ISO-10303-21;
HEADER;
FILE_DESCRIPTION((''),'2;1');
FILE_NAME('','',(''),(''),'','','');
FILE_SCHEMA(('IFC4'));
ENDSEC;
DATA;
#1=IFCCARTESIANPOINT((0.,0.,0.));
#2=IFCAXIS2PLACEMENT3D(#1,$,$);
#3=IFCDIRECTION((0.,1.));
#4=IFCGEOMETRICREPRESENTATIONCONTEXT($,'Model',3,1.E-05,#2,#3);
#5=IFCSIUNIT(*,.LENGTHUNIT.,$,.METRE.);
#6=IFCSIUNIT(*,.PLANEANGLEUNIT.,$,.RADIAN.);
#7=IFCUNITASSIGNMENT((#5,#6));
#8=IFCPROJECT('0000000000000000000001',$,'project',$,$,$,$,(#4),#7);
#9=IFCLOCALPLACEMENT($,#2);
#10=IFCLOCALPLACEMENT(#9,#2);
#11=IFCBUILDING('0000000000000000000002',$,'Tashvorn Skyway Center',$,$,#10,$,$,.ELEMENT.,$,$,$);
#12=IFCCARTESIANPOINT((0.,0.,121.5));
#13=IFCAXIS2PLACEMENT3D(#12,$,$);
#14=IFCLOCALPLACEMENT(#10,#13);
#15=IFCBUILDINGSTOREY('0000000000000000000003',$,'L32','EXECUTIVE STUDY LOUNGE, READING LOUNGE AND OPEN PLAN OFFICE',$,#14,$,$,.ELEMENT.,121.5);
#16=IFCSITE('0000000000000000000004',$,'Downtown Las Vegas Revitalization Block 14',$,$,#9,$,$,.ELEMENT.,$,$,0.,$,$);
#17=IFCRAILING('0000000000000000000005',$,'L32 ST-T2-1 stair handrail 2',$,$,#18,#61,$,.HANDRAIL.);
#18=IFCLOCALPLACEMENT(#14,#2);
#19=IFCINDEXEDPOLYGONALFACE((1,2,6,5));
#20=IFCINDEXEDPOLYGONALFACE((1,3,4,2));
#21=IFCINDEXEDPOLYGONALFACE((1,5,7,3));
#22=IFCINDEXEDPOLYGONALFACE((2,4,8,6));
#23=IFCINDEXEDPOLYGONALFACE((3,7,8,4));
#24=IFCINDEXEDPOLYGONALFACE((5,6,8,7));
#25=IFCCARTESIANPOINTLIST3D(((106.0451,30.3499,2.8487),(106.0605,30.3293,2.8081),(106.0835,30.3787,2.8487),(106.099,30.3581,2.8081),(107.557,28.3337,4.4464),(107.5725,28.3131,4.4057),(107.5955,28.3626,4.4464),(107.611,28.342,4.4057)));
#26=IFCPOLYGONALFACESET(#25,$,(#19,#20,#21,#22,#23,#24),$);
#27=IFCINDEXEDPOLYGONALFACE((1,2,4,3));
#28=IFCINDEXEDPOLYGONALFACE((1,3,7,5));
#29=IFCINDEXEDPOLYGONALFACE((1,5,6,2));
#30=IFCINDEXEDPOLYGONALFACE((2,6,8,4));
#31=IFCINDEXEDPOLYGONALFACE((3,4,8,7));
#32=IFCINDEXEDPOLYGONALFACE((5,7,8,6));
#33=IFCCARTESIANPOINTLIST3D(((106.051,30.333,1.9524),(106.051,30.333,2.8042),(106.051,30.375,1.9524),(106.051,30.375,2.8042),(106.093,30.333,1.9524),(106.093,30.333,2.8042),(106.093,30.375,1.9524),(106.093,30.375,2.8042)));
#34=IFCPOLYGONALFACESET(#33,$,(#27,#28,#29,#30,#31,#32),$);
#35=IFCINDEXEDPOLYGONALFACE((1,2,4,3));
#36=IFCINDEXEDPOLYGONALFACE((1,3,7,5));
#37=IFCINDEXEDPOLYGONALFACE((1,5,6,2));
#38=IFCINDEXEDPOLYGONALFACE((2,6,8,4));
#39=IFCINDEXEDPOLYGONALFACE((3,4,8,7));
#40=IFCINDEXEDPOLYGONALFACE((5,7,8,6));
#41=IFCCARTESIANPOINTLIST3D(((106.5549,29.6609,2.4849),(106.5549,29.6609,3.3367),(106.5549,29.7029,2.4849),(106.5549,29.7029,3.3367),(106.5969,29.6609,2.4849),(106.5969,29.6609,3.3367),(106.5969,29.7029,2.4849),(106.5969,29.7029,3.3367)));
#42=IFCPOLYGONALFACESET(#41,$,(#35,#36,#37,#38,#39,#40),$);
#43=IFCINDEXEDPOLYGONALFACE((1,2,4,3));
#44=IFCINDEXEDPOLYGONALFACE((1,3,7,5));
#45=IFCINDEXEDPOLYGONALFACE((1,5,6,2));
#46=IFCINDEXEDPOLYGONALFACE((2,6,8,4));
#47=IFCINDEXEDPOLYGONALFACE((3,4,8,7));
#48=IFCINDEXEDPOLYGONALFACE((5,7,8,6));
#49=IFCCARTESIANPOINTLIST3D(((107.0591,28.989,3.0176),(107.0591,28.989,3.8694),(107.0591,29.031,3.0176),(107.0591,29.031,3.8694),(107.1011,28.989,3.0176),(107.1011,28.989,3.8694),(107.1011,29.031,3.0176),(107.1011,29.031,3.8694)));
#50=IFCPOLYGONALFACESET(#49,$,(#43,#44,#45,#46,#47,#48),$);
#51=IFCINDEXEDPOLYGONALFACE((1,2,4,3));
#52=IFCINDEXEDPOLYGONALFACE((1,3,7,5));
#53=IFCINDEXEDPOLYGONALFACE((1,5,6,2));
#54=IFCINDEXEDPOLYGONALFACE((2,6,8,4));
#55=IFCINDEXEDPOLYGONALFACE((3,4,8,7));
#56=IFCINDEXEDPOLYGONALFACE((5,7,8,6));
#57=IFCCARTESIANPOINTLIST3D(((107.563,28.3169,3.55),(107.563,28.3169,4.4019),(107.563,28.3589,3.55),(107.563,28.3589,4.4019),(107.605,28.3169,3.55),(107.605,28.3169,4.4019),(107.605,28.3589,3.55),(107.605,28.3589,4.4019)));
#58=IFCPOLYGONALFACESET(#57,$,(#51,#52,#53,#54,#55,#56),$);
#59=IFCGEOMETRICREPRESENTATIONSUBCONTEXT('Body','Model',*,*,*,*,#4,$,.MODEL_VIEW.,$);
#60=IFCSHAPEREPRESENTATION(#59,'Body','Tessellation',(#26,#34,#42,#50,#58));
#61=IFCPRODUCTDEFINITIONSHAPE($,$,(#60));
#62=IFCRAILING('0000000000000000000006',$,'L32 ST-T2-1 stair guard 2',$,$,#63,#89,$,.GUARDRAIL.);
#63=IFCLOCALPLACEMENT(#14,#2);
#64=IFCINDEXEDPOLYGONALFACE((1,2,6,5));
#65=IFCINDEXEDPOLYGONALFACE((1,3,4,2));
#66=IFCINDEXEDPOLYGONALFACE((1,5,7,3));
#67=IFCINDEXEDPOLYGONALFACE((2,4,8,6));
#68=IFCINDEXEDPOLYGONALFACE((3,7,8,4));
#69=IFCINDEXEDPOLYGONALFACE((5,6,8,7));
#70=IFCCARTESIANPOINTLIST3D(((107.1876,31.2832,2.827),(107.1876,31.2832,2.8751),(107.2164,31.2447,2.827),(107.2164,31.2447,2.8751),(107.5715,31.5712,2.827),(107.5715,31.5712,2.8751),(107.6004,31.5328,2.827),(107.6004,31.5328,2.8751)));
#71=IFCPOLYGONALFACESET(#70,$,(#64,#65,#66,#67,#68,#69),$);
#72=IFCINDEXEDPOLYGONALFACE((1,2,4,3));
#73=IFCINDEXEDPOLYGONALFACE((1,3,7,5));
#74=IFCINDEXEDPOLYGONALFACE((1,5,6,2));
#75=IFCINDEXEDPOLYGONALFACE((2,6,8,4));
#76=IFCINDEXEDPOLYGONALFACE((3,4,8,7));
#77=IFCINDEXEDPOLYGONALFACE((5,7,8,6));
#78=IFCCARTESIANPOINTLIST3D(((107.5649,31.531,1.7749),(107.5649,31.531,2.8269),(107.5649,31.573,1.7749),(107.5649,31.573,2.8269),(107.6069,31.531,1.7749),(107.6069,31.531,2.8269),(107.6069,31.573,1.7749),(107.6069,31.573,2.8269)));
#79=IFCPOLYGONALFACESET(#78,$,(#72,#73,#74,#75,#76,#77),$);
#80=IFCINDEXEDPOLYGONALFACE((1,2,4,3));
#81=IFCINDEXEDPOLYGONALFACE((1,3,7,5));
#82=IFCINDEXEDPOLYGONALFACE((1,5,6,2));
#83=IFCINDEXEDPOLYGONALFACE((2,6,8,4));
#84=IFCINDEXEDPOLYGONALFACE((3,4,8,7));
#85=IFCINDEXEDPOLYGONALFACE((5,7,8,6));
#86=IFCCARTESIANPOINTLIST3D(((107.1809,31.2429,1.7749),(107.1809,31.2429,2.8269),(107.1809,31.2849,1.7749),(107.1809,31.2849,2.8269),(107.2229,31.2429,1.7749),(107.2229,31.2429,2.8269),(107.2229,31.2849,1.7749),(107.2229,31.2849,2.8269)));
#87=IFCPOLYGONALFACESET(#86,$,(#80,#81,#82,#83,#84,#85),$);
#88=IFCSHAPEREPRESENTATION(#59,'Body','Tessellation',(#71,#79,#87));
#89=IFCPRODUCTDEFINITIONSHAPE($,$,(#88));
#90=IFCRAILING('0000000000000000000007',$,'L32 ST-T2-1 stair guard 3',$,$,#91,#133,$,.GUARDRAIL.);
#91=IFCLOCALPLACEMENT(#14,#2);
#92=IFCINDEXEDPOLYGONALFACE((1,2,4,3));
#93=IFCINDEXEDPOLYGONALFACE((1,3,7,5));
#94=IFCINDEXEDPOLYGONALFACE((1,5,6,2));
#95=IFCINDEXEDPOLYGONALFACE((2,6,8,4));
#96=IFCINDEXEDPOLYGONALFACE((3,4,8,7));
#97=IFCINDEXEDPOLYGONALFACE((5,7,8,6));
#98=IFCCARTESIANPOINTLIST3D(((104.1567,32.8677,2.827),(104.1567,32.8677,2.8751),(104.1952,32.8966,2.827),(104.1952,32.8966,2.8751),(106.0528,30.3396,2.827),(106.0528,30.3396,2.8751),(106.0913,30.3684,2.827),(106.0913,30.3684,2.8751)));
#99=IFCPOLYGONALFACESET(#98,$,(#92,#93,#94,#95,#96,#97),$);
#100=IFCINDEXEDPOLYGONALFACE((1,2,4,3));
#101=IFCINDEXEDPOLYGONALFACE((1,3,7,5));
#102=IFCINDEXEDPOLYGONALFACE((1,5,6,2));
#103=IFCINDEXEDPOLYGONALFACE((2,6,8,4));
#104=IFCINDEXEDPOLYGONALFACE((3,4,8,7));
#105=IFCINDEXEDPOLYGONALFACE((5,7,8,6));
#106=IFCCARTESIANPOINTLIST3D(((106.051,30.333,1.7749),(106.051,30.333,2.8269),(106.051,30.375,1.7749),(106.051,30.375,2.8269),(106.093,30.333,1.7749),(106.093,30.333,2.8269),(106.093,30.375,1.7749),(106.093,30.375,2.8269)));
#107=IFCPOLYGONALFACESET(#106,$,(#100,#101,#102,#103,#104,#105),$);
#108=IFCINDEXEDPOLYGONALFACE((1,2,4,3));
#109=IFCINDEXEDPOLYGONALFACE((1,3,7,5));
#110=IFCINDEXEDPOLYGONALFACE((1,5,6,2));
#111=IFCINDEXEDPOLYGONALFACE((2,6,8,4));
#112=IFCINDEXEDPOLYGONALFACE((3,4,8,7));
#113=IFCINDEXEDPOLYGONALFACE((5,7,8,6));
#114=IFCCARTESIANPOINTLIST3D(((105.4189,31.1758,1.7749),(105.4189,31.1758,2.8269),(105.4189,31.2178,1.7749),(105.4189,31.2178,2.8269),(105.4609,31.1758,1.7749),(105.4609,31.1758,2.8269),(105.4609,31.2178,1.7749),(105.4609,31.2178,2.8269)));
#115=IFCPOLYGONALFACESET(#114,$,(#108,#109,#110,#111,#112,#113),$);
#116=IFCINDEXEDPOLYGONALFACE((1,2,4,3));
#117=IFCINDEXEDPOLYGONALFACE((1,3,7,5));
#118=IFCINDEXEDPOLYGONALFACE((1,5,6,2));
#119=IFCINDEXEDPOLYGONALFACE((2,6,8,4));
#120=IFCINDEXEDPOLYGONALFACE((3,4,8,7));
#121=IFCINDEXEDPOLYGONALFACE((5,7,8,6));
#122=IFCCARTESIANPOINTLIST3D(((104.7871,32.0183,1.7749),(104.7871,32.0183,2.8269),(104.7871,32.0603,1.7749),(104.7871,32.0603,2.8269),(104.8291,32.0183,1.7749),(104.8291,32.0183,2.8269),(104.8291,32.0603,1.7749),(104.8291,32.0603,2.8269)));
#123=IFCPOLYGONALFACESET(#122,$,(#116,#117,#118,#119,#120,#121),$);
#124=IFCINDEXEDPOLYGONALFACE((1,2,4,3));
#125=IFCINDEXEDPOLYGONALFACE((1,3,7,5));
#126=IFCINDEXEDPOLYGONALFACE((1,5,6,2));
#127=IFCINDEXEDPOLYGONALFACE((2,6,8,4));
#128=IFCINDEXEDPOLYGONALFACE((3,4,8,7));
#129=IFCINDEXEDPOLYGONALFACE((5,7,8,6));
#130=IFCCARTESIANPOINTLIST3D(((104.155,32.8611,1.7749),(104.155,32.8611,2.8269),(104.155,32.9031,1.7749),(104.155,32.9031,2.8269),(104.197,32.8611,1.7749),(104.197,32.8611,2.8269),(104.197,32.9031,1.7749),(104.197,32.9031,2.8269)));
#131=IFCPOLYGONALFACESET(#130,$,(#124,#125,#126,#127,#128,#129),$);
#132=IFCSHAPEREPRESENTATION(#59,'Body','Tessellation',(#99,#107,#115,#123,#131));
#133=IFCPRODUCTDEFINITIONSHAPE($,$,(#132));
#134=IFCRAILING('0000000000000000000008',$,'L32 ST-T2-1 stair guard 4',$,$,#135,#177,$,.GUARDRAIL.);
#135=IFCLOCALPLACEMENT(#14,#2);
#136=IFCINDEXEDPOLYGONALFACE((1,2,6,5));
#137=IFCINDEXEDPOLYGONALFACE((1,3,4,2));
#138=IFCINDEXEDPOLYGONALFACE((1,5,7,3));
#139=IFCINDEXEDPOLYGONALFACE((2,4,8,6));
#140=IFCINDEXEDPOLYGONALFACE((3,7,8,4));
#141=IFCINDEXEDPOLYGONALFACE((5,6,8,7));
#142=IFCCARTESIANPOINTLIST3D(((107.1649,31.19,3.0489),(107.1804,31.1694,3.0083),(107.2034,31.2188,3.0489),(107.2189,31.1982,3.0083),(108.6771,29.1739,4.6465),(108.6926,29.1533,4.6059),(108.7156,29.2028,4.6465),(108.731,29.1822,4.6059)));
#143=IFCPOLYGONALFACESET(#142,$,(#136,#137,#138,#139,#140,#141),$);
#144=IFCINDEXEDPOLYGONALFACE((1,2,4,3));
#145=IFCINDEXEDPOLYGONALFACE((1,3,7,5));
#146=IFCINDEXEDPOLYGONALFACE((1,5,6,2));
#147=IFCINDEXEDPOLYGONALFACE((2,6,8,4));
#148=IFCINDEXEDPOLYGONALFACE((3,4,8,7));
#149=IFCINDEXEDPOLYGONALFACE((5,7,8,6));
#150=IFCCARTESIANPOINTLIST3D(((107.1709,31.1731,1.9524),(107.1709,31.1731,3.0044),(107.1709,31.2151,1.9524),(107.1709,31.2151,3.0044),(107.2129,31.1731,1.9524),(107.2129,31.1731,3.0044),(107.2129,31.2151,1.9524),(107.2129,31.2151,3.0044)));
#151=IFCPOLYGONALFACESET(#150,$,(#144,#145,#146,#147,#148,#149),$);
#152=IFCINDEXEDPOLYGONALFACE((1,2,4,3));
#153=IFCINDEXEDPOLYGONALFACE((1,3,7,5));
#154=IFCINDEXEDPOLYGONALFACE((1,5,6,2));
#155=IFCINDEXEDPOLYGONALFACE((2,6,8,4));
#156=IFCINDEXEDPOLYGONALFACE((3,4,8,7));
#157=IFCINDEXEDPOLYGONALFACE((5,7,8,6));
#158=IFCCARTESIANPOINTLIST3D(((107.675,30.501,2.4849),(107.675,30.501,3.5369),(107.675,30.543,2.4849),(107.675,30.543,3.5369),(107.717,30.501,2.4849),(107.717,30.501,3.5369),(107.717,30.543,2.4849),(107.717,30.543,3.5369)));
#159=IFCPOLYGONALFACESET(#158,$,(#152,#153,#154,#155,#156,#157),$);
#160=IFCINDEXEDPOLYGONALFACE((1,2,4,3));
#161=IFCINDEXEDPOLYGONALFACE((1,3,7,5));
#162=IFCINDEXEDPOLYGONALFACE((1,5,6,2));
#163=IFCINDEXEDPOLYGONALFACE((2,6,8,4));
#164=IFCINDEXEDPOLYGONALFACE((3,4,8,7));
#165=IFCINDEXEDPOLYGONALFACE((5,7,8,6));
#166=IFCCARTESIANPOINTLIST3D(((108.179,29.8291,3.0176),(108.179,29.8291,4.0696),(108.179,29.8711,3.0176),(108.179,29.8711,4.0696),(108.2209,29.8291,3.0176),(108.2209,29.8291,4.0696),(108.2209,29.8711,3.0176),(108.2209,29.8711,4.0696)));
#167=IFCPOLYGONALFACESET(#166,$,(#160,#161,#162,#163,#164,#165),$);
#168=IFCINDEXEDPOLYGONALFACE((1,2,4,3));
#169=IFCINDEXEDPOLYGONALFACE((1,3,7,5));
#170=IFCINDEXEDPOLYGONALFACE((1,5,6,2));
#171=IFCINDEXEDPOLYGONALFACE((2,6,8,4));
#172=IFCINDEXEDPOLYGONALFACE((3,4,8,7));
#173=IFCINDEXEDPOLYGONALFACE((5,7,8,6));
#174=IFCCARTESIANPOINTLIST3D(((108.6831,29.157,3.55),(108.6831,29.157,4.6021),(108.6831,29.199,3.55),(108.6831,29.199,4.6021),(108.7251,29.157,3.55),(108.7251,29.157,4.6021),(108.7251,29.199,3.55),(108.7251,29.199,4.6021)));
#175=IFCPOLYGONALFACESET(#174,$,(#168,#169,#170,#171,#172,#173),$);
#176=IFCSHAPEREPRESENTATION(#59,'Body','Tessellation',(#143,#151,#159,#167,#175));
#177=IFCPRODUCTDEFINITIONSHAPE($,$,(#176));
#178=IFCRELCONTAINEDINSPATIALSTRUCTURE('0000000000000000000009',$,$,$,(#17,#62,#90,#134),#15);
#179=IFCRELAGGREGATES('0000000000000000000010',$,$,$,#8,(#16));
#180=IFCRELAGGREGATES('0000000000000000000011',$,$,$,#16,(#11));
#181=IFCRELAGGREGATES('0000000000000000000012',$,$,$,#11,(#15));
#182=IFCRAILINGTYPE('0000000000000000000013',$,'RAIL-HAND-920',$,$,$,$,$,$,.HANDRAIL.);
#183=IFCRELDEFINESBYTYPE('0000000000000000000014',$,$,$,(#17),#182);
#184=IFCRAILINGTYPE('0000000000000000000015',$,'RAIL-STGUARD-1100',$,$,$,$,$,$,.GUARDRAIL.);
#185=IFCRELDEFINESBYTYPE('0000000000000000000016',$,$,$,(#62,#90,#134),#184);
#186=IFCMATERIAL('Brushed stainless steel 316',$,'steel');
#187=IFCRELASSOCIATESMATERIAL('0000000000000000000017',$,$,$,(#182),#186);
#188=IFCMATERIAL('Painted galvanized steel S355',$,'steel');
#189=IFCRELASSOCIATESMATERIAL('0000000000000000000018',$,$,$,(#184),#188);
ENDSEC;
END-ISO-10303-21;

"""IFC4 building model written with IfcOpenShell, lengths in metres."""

from ifc_helpers import new_model, si_unit, direction, frame, origin, origin_2d, place, context, subcontext, project, spatial, rectangle, extrude, material, type_object, element, save


model = new_model("IFC4")

# Units and contexts
model_context = context("Model", 3, precision=1e-05, world=origin(), true_north=direction((0.0, 1.0)))
body_context = subcontext(model_context, "Body", "Model", "MODEL_VIEW")
ifc_project = project(units=[si_unit("LENGTHUNIT", "METRE"), si_unit("PLANEANGLEUNIT", "RADIAN")], contexts=[model_context])

# Site, building, storey
site_placement = place(None, origin())
site = spatial("IfcSite", under=ifc_project, at=site_placement, Name="Downtown Las Vegas Revitalization Block 14", CompositionType="ELEMENT", RefElevation=0.0)
building_placement = place(site_placement, origin())
building = spatial("IfcBuilding", under=site, at=building_placement, Name="Tashvorn Skyway Center", CompositionType="ELEMENT")
storey_placement = place(building_placement, frame((0.0, 0.0, 121.5)))
storey = spatial("IfcBuildingStorey", under=building, at=storey_placement, Name="L32", Description="EXECUTIVE STUDY LOUNGE, READING LOUNGE AND OPEN PLAN OFFICE", CompositionType="ELEMENT", Elevation=121.5)

# Railings
ifc_material_1 = material(Name="Brushed stainless steel 316", Category="steel")
railing_type_1 = type_object("IfcRailingType", Name="RAIL-HAND-920", PredefinedType="HANDRAIL", material=ifc_material_1)
railing_1_placement = place(storey_placement, frame((106.072, 30.354, 1.9524)))
element("IfcRailing", 1, at=railing_1_placement, inside=storey, type_object=railing_type_1, Name="L32 ST-T2-1 stair handrail 2", PredefinedType="HANDRAIL", context=body_context, shape_type="SweptSolid", body=[
    extrude(rectangle(XDim=0.0481, YDim=0.0481, at=origin_2d()), frame((0.0, 0.0, 0.876), z_axis=(0.506719, -0.675679, 0.535438), x_axis=(0.800023, 0.599969, 0.0)), (0.0, 0.0, 1.0), 2.9839),
    extrude(rectangle(XDim=0.042, YDim=0.042, at=origin_2d()), origin(), (0.0, 0.0, 1.0), 0.8518),
    extrude(rectangle(XDim=0.042, YDim=0.042, at=origin_2d()), frame((0.5039, -0.6721, 0.5325)), (0.0, 0.0, 1.0), 0.8518),
    extrude(rectangle(XDim=0.042, YDim=0.042, at=origin_2d()), frame((1.0081, -1.344, 1.0652)), (0.0, 0.0, 1.0), 0.8518),
    extrude(rectangle(XDim=0.042, YDim=0.042, at=origin_2d()), frame((1.512, -2.0161, 1.5977)), (0.0, 0.0, 1.0), 0.8518),
])
ifc_material_2 = material(Name="Painted galvanized steel S355", Category="steel")
railing_type_2 = type_object("IfcRailingType", Name="RAIL-STGUARD-1100", PredefinedType="GUARDRAIL", material=ifc_material_2)
railing_2_placement = place(storey_placement, frame((107.5859, 31.552, 1.7749)))
element("IfcRailing", 2, at=railing_2_placement, inside=storey, type_object=railing_type_2, Name="L32 ST-T2-1 stair guard 2", PredefinedType="GUARDRAIL", context=body_context, shape_type="SweptSolid", body=[
    extrude(rectangle(XDim=0.0481, YDim=0.0481, at=origin_2d()), frame((0.0, 0.0, 1.0762), z_axis=(-0.799939, -0.600081, 0.0), x_axis=(0.600081, -0.799939, 0.0)), (0.0, 0.0, 1.0), 0.48),
    extrude(rectangle(XDim=0.042, YDim=0.042, at=origin_2d()), origin(), (0.0, 0.0, 1.0), 1.052),
    extrude(rectangle(XDim=0.042, YDim=0.042, at=origin_2d()), frame((-0.384, -0.2881, 0.0)), (0.0, 0.0, 1.0), 1.052),
])
railing_3_placement = place(storey_placement, frame((106.072, 30.354, 1.7749)))
element("IfcRailing", 3, at=railing_3_placement, inside=storey, type_object=railing_type_2, Name="L32 ST-T2-1 stair guard 3", PredefinedType="GUARDRAIL", context=body_context, shape_type="SweptSolid", body=[
    extrude(rectangle(XDim=0.0481, YDim=0.0481, at=origin_2d()), frame((0.0, 0.0, 1.0762), z_axis=(-0.599988, 0.800009, 0.0), x_axis=(-0.800009, -0.599988, 0.0)), (0.0, 0.0, 1.0), 3.1602),
    extrude(rectangle(XDim=0.042, YDim=0.042, at=origin_2d()), origin(), (0.0, 0.0, 1.0), 1.052),
    extrude(rectangle(XDim=0.042, YDim=0.042, at=origin_2d()), frame((-0.6321, 0.8428, 0.0)), (0.0, 0.0, 1.0), 1.052),
    extrude(rectangle(XDim=0.042, YDim=0.042, at=origin_2d()), frame((-1.2639, 1.6853, 0.0)), (0.0, 0.0, 1.0), 1.052),
    extrude(rectangle(XDim=0.042, YDim=0.042, at=origin_2d()), frame((-1.896, 2.5281, 0.0)), (0.0, 0.0, 1.0), 1.052),
])
railing_4_placement = place(storey_placement, frame((107.1919, 31.1941, 1.9524)))
element("IfcRailing", 4, at=railing_4_placement, inside=storey, type_object=railing_type_2, Name="L32 ST-T2-1 stair guard 4", PredefinedType="GUARDRAIL", context=body_context, shape_type="SweptSolid", body=[
    extrude(rectangle(XDim=0.0481, YDim=0.0481, at=origin_2d()), frame((0.0, 0.0, 1.0762), z_axis=(0.506779, -0.675651, 0.535416), x_axis=(0.799977, 0.600031, 0.0)), (0.0, 0.0, 1.0), 2.9839),
    extrude(rectangle(XDim=0.042, YDim=0.042, at=origin_2d()), origin(), (0.0, 0.0, 1.0), 1.052),
    extrude(rectangle(XDim=0.042, YDim=0.042, at=origin_2d()), frame((0.5042, -0.6721, 0.5325)), (0.0, 0.0, 1.0), 1.052),
    extrude(rectangle(XDim=0.042, YDim=0.042, at=origin_2d()), frame((1.0081, -1.344, 1.0652)), (0.0, 0.0, 1.0), 1.052),
    extrude(rectangle(XDim=0.042, YDim=0.042, at=origin_2d()), frame((1.5122, -2.0161, 1.5977)), (0.0, 0.0, 1.0), 1.052),
])

save(model, "model.ifc")
